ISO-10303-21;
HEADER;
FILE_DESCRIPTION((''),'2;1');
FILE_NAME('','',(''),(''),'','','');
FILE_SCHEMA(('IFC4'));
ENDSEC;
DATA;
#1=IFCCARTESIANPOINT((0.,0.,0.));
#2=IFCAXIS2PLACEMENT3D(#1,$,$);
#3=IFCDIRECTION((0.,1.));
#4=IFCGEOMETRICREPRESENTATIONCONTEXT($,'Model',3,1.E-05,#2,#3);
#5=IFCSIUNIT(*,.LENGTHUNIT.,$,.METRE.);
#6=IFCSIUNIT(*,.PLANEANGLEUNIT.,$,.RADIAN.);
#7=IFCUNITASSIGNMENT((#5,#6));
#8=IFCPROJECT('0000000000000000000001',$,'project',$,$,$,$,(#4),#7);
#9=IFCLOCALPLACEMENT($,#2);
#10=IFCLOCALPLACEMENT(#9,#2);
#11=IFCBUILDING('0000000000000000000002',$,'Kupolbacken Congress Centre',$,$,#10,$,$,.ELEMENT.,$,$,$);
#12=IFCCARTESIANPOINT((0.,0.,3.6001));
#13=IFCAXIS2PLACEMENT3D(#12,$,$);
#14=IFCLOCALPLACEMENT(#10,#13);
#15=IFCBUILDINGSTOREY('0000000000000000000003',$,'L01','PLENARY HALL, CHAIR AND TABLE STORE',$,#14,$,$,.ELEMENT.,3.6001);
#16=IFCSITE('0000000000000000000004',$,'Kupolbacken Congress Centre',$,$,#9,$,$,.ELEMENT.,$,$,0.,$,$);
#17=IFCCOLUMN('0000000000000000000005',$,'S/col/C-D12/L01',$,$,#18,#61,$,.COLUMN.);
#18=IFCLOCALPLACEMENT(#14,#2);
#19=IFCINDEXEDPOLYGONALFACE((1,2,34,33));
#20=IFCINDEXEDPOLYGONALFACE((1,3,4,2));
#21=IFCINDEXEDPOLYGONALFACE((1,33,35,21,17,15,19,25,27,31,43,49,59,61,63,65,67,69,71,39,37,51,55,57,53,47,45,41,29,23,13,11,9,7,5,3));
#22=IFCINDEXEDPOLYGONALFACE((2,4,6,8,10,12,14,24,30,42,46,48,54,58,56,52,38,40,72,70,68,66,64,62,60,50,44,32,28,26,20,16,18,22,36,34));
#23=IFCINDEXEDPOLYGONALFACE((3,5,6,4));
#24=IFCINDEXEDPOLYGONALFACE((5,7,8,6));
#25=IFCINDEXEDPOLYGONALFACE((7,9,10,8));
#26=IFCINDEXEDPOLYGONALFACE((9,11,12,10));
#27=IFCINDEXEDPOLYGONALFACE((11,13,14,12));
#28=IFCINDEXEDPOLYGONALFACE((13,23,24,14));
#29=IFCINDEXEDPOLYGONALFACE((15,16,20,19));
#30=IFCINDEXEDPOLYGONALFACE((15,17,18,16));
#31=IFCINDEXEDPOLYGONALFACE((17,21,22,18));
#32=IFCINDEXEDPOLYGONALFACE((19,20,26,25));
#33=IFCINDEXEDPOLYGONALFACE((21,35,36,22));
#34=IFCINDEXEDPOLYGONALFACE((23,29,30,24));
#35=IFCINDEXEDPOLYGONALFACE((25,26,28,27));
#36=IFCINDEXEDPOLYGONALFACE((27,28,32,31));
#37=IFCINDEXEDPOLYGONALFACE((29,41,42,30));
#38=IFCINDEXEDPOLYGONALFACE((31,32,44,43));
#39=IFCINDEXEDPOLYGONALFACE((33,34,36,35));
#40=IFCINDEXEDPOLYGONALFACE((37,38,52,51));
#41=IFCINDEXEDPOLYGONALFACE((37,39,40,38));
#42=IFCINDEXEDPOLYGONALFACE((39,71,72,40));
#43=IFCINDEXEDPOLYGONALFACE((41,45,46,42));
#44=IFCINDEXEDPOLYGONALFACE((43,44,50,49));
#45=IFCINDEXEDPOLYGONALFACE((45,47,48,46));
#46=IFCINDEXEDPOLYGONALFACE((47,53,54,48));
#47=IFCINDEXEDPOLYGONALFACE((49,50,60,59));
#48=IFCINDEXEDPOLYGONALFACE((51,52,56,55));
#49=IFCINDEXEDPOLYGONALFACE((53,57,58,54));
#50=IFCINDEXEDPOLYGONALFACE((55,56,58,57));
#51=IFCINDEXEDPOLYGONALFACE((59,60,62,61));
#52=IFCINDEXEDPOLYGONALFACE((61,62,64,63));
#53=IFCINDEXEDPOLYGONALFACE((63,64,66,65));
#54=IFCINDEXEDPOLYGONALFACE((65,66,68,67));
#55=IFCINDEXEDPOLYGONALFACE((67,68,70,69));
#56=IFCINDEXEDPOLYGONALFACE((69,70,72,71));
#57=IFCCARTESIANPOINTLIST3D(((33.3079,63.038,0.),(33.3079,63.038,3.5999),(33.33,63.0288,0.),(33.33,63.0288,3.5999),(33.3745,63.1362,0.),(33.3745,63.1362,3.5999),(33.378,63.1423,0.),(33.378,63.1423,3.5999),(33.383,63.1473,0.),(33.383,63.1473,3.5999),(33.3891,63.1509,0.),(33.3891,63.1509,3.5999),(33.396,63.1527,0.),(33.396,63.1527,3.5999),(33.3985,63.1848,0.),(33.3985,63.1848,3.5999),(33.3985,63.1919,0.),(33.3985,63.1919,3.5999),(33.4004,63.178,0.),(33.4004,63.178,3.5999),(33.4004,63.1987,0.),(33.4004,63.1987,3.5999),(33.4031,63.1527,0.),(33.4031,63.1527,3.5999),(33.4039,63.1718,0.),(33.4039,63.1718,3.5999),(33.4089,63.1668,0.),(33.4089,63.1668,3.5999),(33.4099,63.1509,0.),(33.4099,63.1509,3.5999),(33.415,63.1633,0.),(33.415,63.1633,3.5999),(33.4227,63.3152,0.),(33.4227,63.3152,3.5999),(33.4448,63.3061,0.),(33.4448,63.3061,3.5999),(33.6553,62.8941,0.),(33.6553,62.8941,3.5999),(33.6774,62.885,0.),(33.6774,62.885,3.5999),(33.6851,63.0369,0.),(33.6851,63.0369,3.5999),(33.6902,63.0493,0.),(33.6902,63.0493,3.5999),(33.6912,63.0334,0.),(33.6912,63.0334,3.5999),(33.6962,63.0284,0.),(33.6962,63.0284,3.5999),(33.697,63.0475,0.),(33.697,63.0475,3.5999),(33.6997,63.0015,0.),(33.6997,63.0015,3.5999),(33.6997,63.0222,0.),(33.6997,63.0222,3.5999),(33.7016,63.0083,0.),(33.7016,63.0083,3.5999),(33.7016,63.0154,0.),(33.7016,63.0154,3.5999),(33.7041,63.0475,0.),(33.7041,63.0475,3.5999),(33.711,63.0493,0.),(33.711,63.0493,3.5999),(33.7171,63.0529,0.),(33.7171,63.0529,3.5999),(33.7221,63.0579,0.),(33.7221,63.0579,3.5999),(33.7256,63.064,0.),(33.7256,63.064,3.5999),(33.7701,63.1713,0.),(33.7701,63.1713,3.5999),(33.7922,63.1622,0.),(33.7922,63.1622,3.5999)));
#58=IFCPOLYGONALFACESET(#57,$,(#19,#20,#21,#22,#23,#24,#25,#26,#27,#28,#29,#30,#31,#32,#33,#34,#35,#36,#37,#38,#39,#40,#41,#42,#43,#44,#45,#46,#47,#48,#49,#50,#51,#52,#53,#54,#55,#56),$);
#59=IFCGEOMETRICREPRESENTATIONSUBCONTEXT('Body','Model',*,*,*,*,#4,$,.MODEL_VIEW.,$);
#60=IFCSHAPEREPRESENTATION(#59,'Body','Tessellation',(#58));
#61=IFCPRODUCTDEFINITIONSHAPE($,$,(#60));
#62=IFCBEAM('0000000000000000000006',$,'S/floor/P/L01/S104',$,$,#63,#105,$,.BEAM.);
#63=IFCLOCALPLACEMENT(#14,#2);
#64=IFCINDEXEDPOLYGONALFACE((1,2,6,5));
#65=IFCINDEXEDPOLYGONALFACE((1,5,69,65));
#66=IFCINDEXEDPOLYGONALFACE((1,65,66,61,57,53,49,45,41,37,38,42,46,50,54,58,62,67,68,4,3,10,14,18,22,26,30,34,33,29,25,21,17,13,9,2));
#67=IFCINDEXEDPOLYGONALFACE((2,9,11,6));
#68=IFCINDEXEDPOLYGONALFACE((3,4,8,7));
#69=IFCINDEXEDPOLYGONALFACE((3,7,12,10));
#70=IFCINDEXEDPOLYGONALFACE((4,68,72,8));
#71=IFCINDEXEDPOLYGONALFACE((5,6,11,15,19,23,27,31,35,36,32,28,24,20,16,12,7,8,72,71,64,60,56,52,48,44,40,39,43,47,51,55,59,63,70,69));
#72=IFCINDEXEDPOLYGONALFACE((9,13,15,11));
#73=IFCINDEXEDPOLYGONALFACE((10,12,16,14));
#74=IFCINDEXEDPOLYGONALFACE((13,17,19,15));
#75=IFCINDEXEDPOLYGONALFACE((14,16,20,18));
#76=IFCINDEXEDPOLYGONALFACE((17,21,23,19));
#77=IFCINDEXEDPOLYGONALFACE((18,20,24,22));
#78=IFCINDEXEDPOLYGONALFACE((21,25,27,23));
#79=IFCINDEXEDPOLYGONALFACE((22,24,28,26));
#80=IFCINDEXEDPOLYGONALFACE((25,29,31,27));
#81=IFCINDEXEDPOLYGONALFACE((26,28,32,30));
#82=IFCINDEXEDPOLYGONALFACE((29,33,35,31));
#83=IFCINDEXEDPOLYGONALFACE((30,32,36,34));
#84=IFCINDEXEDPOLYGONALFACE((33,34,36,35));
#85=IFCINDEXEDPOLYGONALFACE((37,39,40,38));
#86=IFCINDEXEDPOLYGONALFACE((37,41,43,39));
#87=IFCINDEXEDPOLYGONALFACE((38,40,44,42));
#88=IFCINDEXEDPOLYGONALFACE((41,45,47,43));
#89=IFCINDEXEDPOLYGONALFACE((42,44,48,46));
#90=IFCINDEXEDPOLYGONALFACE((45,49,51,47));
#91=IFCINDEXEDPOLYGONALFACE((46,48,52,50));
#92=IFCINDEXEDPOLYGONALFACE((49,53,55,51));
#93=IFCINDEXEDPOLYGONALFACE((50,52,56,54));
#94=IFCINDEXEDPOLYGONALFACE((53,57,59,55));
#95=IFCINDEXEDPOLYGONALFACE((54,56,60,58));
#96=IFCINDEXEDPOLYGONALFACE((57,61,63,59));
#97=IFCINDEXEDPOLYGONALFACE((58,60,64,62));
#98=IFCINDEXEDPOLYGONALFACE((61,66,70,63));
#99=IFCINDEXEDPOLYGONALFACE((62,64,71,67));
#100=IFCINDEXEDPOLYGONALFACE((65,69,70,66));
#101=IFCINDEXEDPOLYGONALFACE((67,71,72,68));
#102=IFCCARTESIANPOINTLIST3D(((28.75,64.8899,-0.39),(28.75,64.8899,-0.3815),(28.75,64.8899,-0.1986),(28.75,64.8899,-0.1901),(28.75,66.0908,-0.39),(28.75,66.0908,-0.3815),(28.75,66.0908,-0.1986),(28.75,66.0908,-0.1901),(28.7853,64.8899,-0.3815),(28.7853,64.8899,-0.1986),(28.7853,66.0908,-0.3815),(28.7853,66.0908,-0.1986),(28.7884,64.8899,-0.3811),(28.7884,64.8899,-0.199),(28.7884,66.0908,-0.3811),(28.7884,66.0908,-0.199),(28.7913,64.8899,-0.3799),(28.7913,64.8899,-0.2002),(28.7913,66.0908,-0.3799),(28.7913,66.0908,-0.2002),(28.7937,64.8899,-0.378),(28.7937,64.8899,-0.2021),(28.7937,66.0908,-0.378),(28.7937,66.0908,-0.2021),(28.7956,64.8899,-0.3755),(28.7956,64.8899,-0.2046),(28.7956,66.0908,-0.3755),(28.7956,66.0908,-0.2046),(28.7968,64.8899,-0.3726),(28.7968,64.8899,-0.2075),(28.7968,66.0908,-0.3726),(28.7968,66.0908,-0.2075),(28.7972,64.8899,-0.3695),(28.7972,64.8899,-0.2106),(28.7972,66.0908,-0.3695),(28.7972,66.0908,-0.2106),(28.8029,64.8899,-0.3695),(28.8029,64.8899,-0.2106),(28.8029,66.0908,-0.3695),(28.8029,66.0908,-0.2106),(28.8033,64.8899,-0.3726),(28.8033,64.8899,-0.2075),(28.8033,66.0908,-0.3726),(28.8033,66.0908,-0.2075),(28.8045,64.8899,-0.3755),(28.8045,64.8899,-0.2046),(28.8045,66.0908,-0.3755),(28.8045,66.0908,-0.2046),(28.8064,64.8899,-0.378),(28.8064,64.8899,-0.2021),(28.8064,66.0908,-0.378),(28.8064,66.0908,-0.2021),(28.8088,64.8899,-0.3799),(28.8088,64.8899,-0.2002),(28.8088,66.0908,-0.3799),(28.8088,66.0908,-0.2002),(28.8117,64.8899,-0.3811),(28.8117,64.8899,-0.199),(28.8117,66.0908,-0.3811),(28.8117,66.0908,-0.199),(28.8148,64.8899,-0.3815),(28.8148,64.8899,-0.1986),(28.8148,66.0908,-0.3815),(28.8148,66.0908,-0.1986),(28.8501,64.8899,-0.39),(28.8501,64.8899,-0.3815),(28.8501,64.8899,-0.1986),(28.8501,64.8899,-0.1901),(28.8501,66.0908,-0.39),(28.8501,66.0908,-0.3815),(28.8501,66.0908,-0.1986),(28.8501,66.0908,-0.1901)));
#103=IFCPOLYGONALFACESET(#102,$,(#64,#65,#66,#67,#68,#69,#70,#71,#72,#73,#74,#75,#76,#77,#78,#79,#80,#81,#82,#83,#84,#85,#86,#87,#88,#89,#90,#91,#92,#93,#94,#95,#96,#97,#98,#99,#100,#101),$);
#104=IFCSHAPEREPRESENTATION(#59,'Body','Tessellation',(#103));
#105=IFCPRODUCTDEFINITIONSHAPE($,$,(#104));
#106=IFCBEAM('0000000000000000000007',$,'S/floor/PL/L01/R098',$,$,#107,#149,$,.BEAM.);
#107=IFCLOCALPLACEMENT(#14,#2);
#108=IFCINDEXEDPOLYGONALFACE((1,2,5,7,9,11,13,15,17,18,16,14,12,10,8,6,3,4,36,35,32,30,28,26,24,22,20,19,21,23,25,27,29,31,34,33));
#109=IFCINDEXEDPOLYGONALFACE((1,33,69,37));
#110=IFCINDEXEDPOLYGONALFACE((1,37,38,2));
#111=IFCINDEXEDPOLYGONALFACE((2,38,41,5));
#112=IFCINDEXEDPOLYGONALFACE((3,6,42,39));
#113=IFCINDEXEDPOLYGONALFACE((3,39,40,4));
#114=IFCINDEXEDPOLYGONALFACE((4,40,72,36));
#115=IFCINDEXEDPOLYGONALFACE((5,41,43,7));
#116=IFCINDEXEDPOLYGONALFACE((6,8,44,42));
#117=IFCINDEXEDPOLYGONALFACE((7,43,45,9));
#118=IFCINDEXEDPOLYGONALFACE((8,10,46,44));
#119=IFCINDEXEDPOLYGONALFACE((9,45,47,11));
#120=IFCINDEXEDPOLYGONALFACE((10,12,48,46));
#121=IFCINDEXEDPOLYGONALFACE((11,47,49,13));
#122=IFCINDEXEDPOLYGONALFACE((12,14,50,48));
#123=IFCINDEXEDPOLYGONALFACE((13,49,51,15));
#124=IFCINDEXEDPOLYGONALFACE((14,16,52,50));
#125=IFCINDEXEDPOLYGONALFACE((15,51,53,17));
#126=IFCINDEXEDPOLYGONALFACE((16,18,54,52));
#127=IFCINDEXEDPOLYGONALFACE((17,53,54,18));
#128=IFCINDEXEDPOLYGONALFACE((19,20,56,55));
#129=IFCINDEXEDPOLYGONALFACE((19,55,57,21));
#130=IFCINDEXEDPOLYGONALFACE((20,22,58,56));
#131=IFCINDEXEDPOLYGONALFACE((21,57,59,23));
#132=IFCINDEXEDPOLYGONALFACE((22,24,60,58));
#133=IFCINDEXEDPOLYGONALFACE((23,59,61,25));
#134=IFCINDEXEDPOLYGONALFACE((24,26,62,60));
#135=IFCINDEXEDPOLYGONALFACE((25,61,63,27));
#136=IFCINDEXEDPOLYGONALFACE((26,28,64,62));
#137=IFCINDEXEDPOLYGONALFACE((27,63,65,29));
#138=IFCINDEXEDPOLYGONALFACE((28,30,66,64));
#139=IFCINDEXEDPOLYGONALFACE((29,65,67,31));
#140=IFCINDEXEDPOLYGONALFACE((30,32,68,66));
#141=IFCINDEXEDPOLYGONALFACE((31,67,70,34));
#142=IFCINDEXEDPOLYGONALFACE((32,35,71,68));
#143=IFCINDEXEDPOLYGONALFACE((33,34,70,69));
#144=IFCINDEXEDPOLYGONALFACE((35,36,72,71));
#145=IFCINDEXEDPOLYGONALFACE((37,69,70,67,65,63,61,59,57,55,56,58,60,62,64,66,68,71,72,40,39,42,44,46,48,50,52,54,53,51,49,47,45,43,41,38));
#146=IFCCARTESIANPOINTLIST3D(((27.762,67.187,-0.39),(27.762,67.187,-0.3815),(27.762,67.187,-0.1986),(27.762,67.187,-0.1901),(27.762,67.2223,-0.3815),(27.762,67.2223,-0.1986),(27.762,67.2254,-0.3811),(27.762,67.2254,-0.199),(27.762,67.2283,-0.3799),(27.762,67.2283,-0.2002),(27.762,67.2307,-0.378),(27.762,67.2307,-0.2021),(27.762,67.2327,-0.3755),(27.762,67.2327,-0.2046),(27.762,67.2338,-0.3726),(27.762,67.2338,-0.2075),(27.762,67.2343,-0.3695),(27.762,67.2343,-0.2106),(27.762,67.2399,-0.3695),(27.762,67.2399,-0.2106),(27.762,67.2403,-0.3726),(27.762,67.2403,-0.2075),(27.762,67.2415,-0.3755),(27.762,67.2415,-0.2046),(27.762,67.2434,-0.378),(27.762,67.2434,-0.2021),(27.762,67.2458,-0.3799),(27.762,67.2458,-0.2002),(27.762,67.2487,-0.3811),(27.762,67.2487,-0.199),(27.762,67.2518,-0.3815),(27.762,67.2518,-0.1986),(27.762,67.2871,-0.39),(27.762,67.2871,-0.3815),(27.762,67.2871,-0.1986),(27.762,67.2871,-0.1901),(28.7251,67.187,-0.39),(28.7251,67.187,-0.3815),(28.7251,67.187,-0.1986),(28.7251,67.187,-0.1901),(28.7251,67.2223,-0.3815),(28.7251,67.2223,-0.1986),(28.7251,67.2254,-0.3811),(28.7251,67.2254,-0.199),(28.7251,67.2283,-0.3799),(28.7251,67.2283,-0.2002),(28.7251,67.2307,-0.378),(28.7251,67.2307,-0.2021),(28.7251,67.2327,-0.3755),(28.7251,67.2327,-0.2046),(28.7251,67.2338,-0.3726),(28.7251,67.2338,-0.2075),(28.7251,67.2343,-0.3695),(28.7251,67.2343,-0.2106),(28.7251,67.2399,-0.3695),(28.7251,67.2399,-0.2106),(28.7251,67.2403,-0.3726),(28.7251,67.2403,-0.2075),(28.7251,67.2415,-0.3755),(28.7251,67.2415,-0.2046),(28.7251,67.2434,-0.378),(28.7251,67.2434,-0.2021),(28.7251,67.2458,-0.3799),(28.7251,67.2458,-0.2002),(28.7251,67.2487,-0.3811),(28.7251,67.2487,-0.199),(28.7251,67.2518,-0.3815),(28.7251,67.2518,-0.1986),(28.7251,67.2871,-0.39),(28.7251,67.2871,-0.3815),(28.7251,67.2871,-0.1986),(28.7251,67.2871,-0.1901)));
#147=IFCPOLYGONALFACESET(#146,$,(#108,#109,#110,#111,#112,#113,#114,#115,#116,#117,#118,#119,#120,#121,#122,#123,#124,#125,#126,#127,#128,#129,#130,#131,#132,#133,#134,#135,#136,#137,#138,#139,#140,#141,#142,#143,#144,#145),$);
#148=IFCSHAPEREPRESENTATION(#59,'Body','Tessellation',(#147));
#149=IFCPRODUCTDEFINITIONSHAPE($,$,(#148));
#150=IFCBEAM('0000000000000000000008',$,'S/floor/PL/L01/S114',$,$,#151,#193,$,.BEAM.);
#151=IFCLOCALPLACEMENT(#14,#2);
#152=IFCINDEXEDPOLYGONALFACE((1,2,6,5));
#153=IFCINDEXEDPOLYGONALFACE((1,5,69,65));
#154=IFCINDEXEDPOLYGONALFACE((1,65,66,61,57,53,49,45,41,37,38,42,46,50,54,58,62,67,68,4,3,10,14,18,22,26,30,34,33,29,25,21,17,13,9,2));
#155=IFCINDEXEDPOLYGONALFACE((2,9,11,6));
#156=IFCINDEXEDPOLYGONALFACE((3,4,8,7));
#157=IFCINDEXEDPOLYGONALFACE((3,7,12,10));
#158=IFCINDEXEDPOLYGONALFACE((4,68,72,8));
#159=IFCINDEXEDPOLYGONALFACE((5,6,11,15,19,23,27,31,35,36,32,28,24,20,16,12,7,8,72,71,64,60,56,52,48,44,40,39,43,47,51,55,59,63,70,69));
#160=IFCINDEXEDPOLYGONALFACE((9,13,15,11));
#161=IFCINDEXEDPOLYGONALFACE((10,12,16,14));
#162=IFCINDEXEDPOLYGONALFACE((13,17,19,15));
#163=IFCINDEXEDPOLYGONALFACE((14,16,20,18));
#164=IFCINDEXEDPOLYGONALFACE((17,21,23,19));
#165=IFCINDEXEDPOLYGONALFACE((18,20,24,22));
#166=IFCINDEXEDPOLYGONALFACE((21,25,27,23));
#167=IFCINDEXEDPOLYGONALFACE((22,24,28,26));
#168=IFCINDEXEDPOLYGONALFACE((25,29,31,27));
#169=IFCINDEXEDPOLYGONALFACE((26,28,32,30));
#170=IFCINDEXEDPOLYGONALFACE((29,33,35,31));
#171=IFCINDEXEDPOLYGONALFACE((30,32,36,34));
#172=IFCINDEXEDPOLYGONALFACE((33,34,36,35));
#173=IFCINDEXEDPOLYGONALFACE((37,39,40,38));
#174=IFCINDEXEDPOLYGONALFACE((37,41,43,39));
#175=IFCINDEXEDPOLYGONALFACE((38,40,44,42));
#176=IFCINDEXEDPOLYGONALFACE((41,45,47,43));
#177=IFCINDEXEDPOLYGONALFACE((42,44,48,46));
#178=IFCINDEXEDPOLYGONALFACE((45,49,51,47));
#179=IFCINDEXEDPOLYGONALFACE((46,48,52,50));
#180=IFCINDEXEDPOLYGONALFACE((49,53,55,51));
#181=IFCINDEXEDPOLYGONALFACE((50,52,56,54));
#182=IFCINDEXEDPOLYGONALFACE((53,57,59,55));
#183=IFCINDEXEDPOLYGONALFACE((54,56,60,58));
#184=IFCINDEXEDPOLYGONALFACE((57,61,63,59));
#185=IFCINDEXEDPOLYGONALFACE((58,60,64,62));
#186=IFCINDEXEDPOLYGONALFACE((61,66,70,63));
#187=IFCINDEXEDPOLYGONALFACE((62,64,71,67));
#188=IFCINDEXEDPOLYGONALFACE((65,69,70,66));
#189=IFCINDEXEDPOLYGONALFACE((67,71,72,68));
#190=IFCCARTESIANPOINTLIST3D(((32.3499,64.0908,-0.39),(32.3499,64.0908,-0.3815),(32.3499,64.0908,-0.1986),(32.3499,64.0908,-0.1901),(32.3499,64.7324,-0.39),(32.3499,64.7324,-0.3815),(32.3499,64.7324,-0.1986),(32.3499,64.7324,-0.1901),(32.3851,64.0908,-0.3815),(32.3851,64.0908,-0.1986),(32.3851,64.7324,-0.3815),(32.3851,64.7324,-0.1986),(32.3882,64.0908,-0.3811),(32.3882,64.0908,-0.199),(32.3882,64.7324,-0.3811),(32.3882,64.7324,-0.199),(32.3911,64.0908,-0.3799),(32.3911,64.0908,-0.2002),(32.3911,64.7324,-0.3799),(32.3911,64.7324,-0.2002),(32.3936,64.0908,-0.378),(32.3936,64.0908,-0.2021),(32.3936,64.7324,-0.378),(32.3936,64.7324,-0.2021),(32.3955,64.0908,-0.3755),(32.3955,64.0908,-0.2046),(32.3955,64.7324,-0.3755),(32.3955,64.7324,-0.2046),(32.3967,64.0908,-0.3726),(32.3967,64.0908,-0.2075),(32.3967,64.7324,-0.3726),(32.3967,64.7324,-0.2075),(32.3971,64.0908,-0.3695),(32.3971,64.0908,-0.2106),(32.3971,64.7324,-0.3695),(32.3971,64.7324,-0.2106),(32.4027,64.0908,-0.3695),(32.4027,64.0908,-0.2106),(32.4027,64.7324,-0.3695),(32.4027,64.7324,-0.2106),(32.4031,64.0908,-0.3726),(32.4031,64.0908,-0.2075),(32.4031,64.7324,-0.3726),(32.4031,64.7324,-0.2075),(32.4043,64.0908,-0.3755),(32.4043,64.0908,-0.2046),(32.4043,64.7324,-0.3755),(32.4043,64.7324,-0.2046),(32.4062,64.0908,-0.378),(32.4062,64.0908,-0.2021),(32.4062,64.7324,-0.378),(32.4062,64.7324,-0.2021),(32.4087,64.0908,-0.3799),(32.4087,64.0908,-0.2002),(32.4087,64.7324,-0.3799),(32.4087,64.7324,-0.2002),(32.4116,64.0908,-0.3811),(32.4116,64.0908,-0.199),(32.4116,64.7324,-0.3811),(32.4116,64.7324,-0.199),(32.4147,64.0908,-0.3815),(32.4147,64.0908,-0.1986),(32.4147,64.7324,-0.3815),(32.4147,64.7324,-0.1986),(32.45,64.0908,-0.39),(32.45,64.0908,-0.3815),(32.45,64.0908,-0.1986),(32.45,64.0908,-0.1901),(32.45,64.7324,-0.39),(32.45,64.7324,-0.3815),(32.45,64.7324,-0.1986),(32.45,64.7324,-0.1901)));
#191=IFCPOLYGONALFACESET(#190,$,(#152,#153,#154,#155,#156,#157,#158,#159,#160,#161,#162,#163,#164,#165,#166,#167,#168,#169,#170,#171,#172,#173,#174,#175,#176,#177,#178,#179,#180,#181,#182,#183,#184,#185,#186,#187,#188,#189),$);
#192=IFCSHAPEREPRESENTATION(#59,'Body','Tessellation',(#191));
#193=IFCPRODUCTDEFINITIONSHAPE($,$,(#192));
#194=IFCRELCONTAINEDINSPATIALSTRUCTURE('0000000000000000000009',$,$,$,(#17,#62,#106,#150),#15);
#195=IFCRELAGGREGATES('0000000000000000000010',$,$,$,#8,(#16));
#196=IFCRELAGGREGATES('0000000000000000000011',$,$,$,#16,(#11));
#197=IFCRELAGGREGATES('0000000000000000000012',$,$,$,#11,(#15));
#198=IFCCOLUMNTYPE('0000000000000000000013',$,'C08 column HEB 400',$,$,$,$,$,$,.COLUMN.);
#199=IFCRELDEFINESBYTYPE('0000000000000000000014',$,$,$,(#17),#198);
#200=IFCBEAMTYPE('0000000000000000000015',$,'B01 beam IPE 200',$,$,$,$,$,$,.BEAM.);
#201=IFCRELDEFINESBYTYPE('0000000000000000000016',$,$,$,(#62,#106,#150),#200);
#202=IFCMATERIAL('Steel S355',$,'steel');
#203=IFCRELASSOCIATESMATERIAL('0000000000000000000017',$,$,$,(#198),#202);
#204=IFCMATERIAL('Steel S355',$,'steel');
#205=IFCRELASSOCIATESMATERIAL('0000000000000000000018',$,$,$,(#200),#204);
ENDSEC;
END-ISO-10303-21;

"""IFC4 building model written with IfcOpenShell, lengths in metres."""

from ifc_helpers import new_model, si_unit, direction, frame, origin, origin_2d, place, context, subcontext, project, spatial, i_section, extrude, material, material_profile, profile_set, type_object, element, save


model = new_model("IFC4")

# Units and contexts
model_context = context("Model", 3, precision=1e-05, world=origin(), true_north=direction((0.0, 1.0)))
body_context = subcontext(model_context, "Body", "Model", "MODEL_VIEW")
ifc_project = project(units=[si_unit("LENGTHUNIT", "METRE"), si_unit("PLANEANGLEUNIT", "RADIAN")], contexts=[model_context])

# Site, building, storey
site_placement = place(None, origin())
site = spatial("IfcSite", under=ifc_project, at=site_placement, Name="Kupolbacken Congress Centre", CompositionType="ELEMENT", RefElevation=0.0)
building_placement = place(site_placement, origin())
building = spatial("IfcBuilding", under=site, at=building_placement, Name="Kupolbacken Congress Centre", CompositionType="ELEMENT")
storey_placement = place(building_placement, frame((0.0, 0.0, 3.6001)))
storey = spatial("IfcBuildingStorey", under=building, at=storey_placement, Name="L01", Description="PLENARY HALL, CHAIR AND TABLE STORE", CompositionType="ELEMENT", Elevation=3.6001)

# Column
ifc_material_1 = material(Name="Steel S355", Category="steel")
ifc_material_profile_1 = material_profile(ifc_material_1, i_section(OverallWidth=0.3, OverallDepth=0.3999, WebThickness=0.0134, FlangeThickness=0.0239, FilletRadius=0.0271, at=origin_2d()), Name="HEB 400")
ifc_profile_set_1 = profile_set([ifc_material_profile_1], Name="Steel S355")
column_type = type_object("IfcColumnType", Name="C08 column HEB 400", PredefinedType="COLUMN", material=ifc_profile_set_1)
column_placement = place(storey_placement, frame((33.55, 63.1001, 0.0), z_axis=(0.0, 0.0, 1.0), x_axis=(-0.382644, -0.923896, 0.0)))
element("IfcColumn", 1, at=column_placement, inside=storey, type_object=column_type, Name="S/col/C-D12/L01", PredefinedType="COLUMN", context=body_context, shape_type="SweptSolid", body=[
    extrude(i_section(OverallWidth=0.3, OverallDepth=0.3999, WebThickness=0.0134, FlangeThickness=0.0239, FilletRadius=0.0271, at=origin_2d()), origin(), (0.0, 0.0, 1.0), 3.5999),
])

# Beams
ifc_material_2 = material(Name="Steel S355", Category="steel")
ifc_material_profile_2 = material_profile(ifc_material_2, i_section(OverallWidth=0.1001, OverallDepth=0.2, WebThickness=0.0056, FlangeThickness=0.0085, FilletRadius=0.012, at=origin_2d()), Name="IPE 200")
ifc_profile_set_2 = profile_set([ifc_material_profile_2], Name="Steel S355")
beam_type_1 = type_object("IfcBeamType", Name="B01 beam IPE 200", PredefinedType="BEAM", material=ifc_profile_set_2)
beam_1_placement = place(storey_placement, frame((28.8, 64.8899, -0.29), z_axis=(0.0, 1.0, 0.0), x_axis=(-1.0, 0.0, 0.0)))
element("IfcBeam", 2, at=beam_1_placement, inside=storey, type_object=beam_type_1, Name="S/floor/P/L01/S104", PredefinedType="BEAM", context=body_context, shape_type="SweptSolid", body=[
    extrude(i_section(OverallWidth=0.1001, OverallDepth=0.2, WebThickness=0.0056, FlangeThickness=0.0085, FilletRadius=0.012, at=origin_2d()), origin(), (0.0, 0.0, 1.0), 1.2009),
])
beam_2_placement = place(storey_placement, frame((27.762, 67.2371, -0.29), z_axis=(1.0, 0.0, 0.0), x_axis=(0.0, 1.0, 0.0)))
element("IfcBeam", 3, at=beam_2_placement, inside=storey, type_object=beam_type_1, Name="S/floor/PL/L01/R098", PredefinedType="BEAM", context=body_context, shape_type="SweptSolid", body=[
    extrude(i_section(OverallWidth=0.1001, OverallDepth=0.2, WebThickness=0.0056, FlangeThickness=0.0085, FilletRadius=0.012, at=origin_2d()), origin(), (0.0, 0.0, 1.0), 0.9631),
])
beam_3_placement = place(storey_placement, frame((32.3999, 64.0908, -0.29), z_axis=(0.0, 1.0, 0.0), x_axis=(-1.0, 0.0, 0.0)))
element("IfcBeam", 4, at=beam_3_placement, inside=storey, type_object=beam_type_1, Name="S/floor/PL/L01/S114", PredefinedType="BEAM", context=body_context, shape_type="SweptSolid", body=[
    extrude(i_section(OverallWidth=0.1001, OverallDepth=0.2, WebThickness=0.0056, FlangeThickness=0.0085, FilletRadius=0.012, at=origin_2d()), origin(), (0.0, 0.0, 1.0), 0.6416),
])

save(model, "model.ifc")
